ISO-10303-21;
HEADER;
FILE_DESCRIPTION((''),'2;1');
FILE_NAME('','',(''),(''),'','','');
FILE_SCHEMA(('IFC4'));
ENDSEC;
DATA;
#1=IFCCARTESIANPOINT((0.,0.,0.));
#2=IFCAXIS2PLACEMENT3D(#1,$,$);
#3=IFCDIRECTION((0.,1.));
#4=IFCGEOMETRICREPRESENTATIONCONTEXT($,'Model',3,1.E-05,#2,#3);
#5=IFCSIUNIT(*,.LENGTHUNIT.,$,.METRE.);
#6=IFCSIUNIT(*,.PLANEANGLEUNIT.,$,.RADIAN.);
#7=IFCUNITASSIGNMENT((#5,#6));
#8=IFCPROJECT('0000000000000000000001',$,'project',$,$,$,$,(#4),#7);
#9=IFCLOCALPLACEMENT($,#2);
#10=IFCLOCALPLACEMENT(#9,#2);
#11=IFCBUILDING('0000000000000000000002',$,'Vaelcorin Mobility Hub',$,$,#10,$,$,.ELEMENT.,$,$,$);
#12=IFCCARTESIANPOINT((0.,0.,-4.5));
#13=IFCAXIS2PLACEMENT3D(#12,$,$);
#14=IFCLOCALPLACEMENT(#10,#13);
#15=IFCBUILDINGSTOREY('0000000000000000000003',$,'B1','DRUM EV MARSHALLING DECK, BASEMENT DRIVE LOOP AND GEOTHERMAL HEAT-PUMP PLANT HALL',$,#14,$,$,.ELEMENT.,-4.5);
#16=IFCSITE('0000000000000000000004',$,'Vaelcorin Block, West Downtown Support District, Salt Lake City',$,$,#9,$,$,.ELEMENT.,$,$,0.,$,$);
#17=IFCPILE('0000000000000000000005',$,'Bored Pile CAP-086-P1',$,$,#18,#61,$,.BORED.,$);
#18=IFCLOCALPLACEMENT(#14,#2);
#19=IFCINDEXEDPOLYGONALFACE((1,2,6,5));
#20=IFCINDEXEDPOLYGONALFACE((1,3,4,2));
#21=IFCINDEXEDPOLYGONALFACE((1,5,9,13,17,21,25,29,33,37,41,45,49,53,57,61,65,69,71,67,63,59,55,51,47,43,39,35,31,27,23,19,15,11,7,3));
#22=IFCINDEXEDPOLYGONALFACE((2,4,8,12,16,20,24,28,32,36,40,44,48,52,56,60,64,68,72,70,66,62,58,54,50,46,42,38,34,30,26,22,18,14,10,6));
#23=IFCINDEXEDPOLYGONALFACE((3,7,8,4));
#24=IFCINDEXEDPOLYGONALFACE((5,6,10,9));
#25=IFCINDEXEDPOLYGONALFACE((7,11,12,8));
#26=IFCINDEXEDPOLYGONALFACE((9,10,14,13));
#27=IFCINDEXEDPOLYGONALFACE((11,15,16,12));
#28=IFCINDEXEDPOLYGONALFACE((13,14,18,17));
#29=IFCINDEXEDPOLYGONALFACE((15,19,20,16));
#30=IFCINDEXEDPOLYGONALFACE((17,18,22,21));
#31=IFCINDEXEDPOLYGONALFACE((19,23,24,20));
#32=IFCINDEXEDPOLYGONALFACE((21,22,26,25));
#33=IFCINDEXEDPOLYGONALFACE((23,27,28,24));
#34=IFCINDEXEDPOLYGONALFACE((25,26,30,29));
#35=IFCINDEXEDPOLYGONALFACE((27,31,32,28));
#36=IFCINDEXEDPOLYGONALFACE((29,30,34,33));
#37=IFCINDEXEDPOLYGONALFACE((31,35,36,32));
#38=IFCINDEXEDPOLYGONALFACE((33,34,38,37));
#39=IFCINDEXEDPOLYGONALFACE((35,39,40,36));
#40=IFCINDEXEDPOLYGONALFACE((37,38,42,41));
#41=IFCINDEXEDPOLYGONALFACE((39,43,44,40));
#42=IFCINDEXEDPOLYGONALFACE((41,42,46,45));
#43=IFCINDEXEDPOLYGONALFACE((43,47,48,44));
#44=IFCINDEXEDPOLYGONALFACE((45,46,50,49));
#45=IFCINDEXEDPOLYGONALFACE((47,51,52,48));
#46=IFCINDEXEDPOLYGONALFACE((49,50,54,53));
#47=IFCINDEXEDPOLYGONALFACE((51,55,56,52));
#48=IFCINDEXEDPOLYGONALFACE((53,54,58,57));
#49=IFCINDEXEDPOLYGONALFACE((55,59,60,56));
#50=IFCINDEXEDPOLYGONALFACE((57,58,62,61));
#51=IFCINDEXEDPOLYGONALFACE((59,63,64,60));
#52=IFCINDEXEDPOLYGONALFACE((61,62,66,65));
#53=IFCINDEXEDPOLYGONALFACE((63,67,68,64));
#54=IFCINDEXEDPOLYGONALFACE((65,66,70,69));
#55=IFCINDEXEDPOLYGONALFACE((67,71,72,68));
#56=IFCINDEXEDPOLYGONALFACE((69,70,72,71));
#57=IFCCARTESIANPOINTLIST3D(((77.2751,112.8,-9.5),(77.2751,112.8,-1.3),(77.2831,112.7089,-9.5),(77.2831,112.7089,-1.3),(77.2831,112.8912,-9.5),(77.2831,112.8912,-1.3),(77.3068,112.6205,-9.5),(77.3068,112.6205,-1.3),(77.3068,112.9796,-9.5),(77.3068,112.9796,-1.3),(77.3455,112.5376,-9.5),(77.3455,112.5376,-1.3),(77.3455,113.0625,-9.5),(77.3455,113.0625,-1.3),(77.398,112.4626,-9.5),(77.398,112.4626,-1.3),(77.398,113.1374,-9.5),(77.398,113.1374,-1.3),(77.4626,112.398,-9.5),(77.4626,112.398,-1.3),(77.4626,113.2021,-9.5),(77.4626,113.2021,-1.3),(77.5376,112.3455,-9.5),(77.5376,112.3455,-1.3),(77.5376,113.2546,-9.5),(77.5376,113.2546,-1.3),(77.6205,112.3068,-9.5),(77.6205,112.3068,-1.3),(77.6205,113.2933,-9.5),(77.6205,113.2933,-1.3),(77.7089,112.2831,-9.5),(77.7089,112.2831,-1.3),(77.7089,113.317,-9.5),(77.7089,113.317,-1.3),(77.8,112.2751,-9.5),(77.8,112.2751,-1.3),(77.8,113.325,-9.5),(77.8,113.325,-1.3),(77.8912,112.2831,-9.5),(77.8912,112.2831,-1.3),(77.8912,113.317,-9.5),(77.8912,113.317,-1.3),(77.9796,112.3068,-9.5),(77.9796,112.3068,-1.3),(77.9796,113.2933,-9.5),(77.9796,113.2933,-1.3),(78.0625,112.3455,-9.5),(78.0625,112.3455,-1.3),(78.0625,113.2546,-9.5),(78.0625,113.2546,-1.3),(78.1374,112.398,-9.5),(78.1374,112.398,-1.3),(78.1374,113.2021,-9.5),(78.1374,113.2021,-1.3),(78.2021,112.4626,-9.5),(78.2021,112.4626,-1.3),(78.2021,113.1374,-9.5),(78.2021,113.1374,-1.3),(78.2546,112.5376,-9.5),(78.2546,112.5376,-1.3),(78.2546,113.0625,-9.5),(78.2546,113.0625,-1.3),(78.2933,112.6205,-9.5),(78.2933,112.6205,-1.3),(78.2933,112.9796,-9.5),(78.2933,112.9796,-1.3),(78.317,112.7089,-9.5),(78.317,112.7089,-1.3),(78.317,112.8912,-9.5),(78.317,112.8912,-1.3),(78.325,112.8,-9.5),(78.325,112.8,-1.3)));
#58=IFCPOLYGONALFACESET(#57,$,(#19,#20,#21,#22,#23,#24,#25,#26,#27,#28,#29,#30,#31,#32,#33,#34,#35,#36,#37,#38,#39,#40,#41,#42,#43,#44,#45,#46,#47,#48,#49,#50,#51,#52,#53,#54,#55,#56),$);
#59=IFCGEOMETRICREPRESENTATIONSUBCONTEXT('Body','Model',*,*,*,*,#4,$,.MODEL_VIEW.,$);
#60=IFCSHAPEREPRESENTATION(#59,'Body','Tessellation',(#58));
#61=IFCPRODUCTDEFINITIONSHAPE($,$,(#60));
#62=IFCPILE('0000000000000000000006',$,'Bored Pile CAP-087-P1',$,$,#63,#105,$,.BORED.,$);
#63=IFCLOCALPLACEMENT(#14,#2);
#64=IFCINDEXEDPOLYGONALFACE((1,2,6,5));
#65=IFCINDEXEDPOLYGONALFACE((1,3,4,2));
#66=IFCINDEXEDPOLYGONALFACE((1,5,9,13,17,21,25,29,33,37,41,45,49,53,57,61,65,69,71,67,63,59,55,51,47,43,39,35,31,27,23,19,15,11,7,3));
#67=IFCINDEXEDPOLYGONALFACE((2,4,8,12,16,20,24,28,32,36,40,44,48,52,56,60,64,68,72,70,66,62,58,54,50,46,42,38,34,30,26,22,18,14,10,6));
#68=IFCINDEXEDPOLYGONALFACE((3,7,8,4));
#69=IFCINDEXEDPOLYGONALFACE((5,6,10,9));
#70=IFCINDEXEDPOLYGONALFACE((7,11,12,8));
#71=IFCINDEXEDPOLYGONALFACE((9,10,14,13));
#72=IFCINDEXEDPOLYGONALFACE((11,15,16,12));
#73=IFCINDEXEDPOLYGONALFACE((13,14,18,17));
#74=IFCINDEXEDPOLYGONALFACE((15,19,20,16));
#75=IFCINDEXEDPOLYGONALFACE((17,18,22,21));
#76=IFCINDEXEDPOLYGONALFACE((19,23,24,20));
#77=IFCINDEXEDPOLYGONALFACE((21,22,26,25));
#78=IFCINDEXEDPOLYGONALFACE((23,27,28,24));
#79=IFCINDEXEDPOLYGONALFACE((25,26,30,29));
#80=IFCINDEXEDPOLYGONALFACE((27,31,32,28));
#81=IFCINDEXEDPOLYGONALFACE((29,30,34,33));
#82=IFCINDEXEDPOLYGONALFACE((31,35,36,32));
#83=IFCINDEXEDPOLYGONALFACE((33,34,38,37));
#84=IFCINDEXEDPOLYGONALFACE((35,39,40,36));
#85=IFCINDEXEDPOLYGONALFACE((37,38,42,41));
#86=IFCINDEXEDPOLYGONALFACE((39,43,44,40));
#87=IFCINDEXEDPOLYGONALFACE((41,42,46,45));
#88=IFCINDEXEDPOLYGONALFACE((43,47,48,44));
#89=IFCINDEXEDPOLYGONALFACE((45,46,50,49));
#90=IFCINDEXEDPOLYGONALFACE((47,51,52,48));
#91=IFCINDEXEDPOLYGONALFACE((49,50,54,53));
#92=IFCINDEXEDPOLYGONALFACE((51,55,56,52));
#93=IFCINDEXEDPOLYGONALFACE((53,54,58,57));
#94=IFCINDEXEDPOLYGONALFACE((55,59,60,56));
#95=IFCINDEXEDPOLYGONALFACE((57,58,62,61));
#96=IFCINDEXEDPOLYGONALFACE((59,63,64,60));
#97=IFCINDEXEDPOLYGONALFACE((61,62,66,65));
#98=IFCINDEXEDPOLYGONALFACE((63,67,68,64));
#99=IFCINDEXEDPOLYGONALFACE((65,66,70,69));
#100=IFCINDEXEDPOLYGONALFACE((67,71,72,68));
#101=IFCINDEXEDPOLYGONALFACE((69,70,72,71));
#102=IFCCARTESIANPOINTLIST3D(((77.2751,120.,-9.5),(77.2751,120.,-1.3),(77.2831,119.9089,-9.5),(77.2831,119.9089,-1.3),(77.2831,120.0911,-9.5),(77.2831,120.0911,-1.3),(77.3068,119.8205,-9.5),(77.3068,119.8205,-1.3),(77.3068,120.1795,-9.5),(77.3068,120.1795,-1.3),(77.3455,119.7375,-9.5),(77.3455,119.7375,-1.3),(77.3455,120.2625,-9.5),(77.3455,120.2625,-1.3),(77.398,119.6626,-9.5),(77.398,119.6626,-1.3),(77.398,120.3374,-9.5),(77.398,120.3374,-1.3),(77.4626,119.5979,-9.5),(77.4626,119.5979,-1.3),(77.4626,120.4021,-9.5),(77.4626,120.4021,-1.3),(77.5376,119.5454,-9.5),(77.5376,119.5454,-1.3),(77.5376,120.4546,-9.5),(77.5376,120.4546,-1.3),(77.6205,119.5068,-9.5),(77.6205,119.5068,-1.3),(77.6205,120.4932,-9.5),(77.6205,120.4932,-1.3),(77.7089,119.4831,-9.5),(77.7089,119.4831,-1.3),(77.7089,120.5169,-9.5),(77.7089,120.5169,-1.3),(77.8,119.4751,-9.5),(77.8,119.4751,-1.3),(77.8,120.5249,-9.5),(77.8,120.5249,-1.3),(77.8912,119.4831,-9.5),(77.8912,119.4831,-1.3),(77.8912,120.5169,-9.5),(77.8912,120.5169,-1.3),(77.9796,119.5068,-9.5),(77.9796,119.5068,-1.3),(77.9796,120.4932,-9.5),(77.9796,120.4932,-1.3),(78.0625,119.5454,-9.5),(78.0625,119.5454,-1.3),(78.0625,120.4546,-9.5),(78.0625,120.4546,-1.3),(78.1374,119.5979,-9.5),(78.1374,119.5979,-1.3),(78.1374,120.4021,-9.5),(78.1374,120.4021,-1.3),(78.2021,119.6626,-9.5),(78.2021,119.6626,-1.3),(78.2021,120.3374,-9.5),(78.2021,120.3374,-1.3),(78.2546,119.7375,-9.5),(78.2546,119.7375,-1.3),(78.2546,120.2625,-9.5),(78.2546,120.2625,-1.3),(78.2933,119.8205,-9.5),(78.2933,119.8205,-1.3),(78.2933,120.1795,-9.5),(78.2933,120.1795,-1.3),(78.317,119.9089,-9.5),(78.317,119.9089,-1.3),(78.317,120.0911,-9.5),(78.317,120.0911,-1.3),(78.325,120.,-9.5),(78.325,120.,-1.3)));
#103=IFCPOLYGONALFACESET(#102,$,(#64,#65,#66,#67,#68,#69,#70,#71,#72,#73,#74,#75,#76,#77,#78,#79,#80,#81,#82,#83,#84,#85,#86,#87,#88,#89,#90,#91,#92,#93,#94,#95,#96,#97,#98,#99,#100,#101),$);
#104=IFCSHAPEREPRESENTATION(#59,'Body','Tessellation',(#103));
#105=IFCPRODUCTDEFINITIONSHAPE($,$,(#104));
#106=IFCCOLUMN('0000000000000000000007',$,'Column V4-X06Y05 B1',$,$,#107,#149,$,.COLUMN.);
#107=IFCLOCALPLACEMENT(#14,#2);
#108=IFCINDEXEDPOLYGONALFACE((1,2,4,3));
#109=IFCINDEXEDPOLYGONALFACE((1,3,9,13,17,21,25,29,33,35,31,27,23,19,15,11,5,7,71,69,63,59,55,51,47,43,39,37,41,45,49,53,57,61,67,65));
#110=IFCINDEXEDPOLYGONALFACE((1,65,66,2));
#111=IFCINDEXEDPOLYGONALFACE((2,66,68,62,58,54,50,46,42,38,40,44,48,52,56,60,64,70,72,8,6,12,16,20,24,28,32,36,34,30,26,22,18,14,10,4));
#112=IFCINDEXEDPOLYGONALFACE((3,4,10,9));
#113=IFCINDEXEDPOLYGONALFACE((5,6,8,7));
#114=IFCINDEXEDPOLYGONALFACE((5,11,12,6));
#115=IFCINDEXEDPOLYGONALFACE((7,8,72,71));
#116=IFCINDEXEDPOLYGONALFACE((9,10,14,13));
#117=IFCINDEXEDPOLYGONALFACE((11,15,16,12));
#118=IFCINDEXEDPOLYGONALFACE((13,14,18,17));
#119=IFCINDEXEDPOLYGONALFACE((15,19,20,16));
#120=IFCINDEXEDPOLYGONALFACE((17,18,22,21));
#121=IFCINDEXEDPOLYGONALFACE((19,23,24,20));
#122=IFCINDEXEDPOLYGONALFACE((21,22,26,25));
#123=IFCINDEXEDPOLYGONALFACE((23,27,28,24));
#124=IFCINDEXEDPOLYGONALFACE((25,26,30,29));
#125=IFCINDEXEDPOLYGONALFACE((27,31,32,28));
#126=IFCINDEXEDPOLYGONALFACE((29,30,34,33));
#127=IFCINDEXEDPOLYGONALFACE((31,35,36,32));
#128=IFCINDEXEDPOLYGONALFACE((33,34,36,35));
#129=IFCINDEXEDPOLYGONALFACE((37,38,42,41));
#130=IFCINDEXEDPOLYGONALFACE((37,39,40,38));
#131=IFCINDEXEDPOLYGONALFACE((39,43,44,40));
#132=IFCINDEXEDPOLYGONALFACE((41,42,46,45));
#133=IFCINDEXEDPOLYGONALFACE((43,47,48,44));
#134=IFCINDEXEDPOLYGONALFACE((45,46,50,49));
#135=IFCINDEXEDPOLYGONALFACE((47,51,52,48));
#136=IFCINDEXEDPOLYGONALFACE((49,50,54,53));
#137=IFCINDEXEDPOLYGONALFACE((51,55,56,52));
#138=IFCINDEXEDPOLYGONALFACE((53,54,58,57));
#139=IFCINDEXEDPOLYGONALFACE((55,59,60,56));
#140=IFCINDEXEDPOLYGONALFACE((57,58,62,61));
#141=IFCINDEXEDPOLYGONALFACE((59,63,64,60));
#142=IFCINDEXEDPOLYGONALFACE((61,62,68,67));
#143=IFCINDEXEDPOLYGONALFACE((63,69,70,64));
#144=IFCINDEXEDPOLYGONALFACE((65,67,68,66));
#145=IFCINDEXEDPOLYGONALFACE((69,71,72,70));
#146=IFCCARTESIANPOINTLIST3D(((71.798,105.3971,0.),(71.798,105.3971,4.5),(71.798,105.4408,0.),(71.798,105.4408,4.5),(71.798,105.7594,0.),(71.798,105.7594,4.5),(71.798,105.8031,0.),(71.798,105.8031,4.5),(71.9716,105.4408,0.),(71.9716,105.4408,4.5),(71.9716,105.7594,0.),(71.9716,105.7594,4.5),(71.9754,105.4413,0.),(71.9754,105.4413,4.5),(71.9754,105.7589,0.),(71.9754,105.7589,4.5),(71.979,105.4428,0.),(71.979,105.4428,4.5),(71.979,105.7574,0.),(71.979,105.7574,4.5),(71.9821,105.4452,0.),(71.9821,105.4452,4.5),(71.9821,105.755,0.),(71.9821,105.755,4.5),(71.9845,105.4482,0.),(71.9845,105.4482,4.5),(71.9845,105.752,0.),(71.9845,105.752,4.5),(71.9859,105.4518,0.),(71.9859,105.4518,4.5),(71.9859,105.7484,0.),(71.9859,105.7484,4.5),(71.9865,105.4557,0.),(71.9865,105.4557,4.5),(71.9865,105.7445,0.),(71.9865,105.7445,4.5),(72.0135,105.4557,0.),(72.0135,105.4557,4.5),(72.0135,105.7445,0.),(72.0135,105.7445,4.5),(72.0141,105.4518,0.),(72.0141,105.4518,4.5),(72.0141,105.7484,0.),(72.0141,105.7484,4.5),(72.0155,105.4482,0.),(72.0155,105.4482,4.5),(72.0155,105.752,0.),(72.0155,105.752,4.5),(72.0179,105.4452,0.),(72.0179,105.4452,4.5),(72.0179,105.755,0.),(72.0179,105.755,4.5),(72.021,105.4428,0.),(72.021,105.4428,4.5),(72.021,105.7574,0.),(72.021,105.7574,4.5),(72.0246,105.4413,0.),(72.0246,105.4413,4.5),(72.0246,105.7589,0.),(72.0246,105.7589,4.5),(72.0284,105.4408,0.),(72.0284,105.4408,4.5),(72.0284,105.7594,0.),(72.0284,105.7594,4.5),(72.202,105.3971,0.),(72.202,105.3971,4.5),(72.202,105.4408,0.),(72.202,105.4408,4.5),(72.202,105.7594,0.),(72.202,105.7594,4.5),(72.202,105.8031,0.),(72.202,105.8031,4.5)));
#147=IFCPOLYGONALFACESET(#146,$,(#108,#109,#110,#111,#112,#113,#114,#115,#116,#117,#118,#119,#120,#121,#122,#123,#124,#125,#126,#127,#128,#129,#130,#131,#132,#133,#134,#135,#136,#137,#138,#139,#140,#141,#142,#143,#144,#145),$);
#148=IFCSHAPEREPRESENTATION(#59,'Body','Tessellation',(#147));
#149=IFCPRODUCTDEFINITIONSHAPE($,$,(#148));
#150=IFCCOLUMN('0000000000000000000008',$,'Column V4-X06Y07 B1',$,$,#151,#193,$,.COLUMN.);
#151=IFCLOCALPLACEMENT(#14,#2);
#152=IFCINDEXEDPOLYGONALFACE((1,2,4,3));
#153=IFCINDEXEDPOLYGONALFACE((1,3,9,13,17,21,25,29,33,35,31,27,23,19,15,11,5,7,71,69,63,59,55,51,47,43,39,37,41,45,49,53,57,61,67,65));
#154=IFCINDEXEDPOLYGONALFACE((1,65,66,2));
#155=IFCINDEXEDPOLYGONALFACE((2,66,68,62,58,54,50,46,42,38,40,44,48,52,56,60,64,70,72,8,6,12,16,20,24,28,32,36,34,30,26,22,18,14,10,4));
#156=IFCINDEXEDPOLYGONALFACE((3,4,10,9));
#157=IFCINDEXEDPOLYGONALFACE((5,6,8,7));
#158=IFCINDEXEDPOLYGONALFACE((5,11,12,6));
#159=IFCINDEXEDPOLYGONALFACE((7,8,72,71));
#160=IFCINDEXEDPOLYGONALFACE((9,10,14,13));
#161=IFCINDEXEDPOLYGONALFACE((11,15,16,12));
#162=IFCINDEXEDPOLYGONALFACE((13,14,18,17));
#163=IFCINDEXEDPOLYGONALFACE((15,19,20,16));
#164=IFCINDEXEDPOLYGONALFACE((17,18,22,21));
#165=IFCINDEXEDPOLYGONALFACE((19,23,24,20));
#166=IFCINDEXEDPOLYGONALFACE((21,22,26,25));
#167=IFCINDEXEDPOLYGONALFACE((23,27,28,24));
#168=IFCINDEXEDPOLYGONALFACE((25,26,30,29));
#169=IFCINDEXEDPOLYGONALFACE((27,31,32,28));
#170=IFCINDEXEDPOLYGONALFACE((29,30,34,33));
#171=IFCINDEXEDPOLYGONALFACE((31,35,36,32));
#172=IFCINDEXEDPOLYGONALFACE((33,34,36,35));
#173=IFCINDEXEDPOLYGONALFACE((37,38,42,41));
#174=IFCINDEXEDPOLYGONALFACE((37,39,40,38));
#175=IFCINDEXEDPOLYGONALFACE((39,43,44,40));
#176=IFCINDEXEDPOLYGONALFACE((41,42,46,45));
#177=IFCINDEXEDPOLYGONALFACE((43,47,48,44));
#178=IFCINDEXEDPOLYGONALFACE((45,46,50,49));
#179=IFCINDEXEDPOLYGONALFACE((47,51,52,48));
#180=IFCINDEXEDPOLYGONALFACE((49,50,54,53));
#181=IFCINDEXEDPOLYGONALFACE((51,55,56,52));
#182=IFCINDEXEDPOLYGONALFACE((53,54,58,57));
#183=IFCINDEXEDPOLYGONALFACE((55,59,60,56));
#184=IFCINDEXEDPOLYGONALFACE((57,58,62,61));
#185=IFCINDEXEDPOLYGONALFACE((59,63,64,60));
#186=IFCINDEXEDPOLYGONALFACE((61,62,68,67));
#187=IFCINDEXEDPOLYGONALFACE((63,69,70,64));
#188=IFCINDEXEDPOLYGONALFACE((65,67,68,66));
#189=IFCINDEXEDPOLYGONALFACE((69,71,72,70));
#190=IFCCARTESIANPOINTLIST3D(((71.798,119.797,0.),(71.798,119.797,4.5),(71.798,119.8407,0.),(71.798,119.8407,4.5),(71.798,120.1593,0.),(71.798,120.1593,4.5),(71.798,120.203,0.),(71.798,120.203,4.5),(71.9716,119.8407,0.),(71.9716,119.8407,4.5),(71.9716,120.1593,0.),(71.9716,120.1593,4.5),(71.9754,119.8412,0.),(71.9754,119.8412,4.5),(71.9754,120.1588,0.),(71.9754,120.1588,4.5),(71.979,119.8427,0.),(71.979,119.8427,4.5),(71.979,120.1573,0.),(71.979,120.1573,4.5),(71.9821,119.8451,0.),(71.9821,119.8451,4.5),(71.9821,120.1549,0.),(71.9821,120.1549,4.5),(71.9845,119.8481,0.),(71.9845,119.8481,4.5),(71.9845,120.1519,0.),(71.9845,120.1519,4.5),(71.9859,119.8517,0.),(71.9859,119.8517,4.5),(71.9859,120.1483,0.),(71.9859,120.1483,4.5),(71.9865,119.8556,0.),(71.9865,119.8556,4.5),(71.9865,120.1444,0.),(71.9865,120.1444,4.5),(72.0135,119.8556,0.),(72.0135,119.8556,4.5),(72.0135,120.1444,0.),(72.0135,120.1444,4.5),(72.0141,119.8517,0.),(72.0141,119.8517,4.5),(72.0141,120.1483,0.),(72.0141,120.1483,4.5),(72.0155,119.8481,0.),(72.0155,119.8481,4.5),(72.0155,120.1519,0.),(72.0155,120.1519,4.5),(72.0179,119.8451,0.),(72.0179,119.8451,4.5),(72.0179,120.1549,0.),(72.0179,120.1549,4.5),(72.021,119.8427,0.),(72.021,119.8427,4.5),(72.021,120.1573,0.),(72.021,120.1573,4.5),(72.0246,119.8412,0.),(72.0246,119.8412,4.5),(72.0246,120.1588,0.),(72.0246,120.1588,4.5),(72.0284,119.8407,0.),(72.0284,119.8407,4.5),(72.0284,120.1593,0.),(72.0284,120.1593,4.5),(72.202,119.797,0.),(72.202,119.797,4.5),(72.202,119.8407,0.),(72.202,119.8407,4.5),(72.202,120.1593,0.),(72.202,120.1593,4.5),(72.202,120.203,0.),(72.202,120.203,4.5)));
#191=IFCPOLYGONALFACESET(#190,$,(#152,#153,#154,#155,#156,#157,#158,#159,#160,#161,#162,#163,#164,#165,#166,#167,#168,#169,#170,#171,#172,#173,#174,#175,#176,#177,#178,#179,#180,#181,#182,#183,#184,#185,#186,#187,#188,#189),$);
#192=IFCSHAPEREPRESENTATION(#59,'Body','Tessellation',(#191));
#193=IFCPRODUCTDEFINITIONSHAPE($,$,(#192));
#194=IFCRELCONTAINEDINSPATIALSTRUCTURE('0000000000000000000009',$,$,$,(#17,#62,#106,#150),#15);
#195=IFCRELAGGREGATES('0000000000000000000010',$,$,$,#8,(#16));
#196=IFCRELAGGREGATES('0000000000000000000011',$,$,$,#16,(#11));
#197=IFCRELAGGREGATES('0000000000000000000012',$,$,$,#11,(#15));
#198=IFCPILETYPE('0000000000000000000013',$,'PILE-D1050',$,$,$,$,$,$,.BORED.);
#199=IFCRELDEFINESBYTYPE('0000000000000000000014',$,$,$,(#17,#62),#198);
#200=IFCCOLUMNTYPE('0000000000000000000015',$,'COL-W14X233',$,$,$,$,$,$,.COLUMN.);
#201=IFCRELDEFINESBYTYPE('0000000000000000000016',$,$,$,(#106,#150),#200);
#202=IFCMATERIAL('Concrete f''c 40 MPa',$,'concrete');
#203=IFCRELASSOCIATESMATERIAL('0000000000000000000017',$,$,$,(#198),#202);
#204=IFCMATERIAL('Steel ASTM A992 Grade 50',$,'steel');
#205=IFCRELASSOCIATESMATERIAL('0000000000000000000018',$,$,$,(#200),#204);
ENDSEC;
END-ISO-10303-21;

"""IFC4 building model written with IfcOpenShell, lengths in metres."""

from ifc_helpers import new_model, si_unit, direction, frame, origin, origin_2d, place, context, subcontext, project, spatial, circle, i_section, extrude, material, material_profile, profile_set, type_object, element, save


model = new_model("IFC4")

# Units and contexts
model_context = context("Model", 3, precision=1e-05, world=origin(), true_north=direction((0.0, 1.0)))
body_context = subcontext(model_context, "Body", "Model", "MODEL_VIEW")
ifc_project = project(units=[si_unit("LENGTHUNIT", "METRE"), si_unit("PLANEANGLEUNIT", "RADIAN")], contexts=[model_context])

# Site, building, storey
site_placement = place(None, origin())
site = spatial("IfcSite", under=ifc_project, at=site_placement, Name="Vaelcorin Block, West Downtown Support District, Salt Lake City", CompositionType="ELEMENT", RefElevation=0.0)
building_placement = place(site_placement, origin())
building = spatial("IfcBuilding", under=site, at=building_placement, Name="Vaelcorin Mobility Hub", CompositionType="ELEMENT")
storey_placement = place(building_placement, frame((0.0, 0.0, -4.5)))
storey = spatial("IfcBuildingStorey", under=building, at=storey_placement, Name="B1", Description="DRUM EV MARSHALLING DECK, BASEMENT DRIVE LOOP AND GEOTHERMAL HEAT-PUMP PLANT HALL", CompositionType="ELEMENT", Elevation=-4.5)

# Shared definitions
ifc_material_1 = material(Name="Concrete f'c 40 MPa", Category="concrete")

# Piles
ifc_material_profile_1 = material_profile(ifc_material_1, circle(Radius=0.5249, at=origin_2d()), Name="BP-D1050")
ifc_profile_set_1 = profile_set([ifc_material_profile_1], Name="Concrete f'c 40 MPa")
pile_type = type_object("IfcPileType", Name="PILE-D1050", PredefinedType="BORED", material=ifc_profile_set_1)
for number, where, z_axis, x_axis, name in (
    (1, (77.8, 112.8, -1.3), (0.0, 0.0, -1.0), (1.0, 0.0, 0.0), "Bored Pile CAP-086-P1"),
    (2, (77.8, 120.0, -1.3), (0.0, 0.0, -1.0), (1.0, 0.0, 0.0), "Bored Pile CAP-087-P1"),
):
    element("IfcPile", number, at=place(storey_placement, frame(where, z_axis=z_axis, x_axis=x_axis)), inside=storey, type_object=pile_type, Name=name, PredefinedType="BORED", context=body_context, shape_type="SweptSolid", body=[
        extrude(circle(Radius=0.5249, at=origin_2d()), origin(), (0.0, 0.0, 1.0), 8.2),
    ])

# Columns
ifc_material_2 = material(Name="Steel ASTM A992 Grade 50", Category="steel")
ifc_material_profile_2 = material_profile(ifc_material_2, i_section(OverallWidth=0.4041, OverallDepth=0.406, WebThickness=0.0271, FlangeThickness=0.0437, FilletRadius=0.0149, at=origin_2d()), Name="W14X233")
ifc_profile_set_2 = profile_set([ifc_material_profile_2], Name="Steel ASTM A992 Grade 50")
column_type_1 = type_object("IfcColumnType", Name="COL-W14X233", PredefinedType="COLUMN", material=ifc_profile_set_2)
for number, where, z_axis, x_axis, name in (
    (3, (72.0, 105.6001, 0.0), (0.0, 0.0, 1.0), (1.0, 0.0, 0.0), "Column V4-X06Y05 B1"),
    (4, (72.0, 120.0, 0.0), (0.0, 0.0, 1.0), (1.0, 0.0, 0.0), "Column V4-X06Y07 B1"),
):
    element("IfcColumn", number, at=place(storey_placement, frame(where, z_axis=z_axis, x_axis=x_axis)), inside=storey, type_object=column_type_1, Name=name, PredefinedType="COLUMN", context=body_context, shape_type="SweptSolid", body=[
        extrude(i_section(OverallWidth=0.4041, OverallDepth=0.406, WebThickness=0.0271, FlangeThickness=0.0437, FilletRadius=0.0149, at=origin_2d()), origin(), (0.0, 0.0, 1.0), 4.5),
    ])

save(model, "model.ifc")
